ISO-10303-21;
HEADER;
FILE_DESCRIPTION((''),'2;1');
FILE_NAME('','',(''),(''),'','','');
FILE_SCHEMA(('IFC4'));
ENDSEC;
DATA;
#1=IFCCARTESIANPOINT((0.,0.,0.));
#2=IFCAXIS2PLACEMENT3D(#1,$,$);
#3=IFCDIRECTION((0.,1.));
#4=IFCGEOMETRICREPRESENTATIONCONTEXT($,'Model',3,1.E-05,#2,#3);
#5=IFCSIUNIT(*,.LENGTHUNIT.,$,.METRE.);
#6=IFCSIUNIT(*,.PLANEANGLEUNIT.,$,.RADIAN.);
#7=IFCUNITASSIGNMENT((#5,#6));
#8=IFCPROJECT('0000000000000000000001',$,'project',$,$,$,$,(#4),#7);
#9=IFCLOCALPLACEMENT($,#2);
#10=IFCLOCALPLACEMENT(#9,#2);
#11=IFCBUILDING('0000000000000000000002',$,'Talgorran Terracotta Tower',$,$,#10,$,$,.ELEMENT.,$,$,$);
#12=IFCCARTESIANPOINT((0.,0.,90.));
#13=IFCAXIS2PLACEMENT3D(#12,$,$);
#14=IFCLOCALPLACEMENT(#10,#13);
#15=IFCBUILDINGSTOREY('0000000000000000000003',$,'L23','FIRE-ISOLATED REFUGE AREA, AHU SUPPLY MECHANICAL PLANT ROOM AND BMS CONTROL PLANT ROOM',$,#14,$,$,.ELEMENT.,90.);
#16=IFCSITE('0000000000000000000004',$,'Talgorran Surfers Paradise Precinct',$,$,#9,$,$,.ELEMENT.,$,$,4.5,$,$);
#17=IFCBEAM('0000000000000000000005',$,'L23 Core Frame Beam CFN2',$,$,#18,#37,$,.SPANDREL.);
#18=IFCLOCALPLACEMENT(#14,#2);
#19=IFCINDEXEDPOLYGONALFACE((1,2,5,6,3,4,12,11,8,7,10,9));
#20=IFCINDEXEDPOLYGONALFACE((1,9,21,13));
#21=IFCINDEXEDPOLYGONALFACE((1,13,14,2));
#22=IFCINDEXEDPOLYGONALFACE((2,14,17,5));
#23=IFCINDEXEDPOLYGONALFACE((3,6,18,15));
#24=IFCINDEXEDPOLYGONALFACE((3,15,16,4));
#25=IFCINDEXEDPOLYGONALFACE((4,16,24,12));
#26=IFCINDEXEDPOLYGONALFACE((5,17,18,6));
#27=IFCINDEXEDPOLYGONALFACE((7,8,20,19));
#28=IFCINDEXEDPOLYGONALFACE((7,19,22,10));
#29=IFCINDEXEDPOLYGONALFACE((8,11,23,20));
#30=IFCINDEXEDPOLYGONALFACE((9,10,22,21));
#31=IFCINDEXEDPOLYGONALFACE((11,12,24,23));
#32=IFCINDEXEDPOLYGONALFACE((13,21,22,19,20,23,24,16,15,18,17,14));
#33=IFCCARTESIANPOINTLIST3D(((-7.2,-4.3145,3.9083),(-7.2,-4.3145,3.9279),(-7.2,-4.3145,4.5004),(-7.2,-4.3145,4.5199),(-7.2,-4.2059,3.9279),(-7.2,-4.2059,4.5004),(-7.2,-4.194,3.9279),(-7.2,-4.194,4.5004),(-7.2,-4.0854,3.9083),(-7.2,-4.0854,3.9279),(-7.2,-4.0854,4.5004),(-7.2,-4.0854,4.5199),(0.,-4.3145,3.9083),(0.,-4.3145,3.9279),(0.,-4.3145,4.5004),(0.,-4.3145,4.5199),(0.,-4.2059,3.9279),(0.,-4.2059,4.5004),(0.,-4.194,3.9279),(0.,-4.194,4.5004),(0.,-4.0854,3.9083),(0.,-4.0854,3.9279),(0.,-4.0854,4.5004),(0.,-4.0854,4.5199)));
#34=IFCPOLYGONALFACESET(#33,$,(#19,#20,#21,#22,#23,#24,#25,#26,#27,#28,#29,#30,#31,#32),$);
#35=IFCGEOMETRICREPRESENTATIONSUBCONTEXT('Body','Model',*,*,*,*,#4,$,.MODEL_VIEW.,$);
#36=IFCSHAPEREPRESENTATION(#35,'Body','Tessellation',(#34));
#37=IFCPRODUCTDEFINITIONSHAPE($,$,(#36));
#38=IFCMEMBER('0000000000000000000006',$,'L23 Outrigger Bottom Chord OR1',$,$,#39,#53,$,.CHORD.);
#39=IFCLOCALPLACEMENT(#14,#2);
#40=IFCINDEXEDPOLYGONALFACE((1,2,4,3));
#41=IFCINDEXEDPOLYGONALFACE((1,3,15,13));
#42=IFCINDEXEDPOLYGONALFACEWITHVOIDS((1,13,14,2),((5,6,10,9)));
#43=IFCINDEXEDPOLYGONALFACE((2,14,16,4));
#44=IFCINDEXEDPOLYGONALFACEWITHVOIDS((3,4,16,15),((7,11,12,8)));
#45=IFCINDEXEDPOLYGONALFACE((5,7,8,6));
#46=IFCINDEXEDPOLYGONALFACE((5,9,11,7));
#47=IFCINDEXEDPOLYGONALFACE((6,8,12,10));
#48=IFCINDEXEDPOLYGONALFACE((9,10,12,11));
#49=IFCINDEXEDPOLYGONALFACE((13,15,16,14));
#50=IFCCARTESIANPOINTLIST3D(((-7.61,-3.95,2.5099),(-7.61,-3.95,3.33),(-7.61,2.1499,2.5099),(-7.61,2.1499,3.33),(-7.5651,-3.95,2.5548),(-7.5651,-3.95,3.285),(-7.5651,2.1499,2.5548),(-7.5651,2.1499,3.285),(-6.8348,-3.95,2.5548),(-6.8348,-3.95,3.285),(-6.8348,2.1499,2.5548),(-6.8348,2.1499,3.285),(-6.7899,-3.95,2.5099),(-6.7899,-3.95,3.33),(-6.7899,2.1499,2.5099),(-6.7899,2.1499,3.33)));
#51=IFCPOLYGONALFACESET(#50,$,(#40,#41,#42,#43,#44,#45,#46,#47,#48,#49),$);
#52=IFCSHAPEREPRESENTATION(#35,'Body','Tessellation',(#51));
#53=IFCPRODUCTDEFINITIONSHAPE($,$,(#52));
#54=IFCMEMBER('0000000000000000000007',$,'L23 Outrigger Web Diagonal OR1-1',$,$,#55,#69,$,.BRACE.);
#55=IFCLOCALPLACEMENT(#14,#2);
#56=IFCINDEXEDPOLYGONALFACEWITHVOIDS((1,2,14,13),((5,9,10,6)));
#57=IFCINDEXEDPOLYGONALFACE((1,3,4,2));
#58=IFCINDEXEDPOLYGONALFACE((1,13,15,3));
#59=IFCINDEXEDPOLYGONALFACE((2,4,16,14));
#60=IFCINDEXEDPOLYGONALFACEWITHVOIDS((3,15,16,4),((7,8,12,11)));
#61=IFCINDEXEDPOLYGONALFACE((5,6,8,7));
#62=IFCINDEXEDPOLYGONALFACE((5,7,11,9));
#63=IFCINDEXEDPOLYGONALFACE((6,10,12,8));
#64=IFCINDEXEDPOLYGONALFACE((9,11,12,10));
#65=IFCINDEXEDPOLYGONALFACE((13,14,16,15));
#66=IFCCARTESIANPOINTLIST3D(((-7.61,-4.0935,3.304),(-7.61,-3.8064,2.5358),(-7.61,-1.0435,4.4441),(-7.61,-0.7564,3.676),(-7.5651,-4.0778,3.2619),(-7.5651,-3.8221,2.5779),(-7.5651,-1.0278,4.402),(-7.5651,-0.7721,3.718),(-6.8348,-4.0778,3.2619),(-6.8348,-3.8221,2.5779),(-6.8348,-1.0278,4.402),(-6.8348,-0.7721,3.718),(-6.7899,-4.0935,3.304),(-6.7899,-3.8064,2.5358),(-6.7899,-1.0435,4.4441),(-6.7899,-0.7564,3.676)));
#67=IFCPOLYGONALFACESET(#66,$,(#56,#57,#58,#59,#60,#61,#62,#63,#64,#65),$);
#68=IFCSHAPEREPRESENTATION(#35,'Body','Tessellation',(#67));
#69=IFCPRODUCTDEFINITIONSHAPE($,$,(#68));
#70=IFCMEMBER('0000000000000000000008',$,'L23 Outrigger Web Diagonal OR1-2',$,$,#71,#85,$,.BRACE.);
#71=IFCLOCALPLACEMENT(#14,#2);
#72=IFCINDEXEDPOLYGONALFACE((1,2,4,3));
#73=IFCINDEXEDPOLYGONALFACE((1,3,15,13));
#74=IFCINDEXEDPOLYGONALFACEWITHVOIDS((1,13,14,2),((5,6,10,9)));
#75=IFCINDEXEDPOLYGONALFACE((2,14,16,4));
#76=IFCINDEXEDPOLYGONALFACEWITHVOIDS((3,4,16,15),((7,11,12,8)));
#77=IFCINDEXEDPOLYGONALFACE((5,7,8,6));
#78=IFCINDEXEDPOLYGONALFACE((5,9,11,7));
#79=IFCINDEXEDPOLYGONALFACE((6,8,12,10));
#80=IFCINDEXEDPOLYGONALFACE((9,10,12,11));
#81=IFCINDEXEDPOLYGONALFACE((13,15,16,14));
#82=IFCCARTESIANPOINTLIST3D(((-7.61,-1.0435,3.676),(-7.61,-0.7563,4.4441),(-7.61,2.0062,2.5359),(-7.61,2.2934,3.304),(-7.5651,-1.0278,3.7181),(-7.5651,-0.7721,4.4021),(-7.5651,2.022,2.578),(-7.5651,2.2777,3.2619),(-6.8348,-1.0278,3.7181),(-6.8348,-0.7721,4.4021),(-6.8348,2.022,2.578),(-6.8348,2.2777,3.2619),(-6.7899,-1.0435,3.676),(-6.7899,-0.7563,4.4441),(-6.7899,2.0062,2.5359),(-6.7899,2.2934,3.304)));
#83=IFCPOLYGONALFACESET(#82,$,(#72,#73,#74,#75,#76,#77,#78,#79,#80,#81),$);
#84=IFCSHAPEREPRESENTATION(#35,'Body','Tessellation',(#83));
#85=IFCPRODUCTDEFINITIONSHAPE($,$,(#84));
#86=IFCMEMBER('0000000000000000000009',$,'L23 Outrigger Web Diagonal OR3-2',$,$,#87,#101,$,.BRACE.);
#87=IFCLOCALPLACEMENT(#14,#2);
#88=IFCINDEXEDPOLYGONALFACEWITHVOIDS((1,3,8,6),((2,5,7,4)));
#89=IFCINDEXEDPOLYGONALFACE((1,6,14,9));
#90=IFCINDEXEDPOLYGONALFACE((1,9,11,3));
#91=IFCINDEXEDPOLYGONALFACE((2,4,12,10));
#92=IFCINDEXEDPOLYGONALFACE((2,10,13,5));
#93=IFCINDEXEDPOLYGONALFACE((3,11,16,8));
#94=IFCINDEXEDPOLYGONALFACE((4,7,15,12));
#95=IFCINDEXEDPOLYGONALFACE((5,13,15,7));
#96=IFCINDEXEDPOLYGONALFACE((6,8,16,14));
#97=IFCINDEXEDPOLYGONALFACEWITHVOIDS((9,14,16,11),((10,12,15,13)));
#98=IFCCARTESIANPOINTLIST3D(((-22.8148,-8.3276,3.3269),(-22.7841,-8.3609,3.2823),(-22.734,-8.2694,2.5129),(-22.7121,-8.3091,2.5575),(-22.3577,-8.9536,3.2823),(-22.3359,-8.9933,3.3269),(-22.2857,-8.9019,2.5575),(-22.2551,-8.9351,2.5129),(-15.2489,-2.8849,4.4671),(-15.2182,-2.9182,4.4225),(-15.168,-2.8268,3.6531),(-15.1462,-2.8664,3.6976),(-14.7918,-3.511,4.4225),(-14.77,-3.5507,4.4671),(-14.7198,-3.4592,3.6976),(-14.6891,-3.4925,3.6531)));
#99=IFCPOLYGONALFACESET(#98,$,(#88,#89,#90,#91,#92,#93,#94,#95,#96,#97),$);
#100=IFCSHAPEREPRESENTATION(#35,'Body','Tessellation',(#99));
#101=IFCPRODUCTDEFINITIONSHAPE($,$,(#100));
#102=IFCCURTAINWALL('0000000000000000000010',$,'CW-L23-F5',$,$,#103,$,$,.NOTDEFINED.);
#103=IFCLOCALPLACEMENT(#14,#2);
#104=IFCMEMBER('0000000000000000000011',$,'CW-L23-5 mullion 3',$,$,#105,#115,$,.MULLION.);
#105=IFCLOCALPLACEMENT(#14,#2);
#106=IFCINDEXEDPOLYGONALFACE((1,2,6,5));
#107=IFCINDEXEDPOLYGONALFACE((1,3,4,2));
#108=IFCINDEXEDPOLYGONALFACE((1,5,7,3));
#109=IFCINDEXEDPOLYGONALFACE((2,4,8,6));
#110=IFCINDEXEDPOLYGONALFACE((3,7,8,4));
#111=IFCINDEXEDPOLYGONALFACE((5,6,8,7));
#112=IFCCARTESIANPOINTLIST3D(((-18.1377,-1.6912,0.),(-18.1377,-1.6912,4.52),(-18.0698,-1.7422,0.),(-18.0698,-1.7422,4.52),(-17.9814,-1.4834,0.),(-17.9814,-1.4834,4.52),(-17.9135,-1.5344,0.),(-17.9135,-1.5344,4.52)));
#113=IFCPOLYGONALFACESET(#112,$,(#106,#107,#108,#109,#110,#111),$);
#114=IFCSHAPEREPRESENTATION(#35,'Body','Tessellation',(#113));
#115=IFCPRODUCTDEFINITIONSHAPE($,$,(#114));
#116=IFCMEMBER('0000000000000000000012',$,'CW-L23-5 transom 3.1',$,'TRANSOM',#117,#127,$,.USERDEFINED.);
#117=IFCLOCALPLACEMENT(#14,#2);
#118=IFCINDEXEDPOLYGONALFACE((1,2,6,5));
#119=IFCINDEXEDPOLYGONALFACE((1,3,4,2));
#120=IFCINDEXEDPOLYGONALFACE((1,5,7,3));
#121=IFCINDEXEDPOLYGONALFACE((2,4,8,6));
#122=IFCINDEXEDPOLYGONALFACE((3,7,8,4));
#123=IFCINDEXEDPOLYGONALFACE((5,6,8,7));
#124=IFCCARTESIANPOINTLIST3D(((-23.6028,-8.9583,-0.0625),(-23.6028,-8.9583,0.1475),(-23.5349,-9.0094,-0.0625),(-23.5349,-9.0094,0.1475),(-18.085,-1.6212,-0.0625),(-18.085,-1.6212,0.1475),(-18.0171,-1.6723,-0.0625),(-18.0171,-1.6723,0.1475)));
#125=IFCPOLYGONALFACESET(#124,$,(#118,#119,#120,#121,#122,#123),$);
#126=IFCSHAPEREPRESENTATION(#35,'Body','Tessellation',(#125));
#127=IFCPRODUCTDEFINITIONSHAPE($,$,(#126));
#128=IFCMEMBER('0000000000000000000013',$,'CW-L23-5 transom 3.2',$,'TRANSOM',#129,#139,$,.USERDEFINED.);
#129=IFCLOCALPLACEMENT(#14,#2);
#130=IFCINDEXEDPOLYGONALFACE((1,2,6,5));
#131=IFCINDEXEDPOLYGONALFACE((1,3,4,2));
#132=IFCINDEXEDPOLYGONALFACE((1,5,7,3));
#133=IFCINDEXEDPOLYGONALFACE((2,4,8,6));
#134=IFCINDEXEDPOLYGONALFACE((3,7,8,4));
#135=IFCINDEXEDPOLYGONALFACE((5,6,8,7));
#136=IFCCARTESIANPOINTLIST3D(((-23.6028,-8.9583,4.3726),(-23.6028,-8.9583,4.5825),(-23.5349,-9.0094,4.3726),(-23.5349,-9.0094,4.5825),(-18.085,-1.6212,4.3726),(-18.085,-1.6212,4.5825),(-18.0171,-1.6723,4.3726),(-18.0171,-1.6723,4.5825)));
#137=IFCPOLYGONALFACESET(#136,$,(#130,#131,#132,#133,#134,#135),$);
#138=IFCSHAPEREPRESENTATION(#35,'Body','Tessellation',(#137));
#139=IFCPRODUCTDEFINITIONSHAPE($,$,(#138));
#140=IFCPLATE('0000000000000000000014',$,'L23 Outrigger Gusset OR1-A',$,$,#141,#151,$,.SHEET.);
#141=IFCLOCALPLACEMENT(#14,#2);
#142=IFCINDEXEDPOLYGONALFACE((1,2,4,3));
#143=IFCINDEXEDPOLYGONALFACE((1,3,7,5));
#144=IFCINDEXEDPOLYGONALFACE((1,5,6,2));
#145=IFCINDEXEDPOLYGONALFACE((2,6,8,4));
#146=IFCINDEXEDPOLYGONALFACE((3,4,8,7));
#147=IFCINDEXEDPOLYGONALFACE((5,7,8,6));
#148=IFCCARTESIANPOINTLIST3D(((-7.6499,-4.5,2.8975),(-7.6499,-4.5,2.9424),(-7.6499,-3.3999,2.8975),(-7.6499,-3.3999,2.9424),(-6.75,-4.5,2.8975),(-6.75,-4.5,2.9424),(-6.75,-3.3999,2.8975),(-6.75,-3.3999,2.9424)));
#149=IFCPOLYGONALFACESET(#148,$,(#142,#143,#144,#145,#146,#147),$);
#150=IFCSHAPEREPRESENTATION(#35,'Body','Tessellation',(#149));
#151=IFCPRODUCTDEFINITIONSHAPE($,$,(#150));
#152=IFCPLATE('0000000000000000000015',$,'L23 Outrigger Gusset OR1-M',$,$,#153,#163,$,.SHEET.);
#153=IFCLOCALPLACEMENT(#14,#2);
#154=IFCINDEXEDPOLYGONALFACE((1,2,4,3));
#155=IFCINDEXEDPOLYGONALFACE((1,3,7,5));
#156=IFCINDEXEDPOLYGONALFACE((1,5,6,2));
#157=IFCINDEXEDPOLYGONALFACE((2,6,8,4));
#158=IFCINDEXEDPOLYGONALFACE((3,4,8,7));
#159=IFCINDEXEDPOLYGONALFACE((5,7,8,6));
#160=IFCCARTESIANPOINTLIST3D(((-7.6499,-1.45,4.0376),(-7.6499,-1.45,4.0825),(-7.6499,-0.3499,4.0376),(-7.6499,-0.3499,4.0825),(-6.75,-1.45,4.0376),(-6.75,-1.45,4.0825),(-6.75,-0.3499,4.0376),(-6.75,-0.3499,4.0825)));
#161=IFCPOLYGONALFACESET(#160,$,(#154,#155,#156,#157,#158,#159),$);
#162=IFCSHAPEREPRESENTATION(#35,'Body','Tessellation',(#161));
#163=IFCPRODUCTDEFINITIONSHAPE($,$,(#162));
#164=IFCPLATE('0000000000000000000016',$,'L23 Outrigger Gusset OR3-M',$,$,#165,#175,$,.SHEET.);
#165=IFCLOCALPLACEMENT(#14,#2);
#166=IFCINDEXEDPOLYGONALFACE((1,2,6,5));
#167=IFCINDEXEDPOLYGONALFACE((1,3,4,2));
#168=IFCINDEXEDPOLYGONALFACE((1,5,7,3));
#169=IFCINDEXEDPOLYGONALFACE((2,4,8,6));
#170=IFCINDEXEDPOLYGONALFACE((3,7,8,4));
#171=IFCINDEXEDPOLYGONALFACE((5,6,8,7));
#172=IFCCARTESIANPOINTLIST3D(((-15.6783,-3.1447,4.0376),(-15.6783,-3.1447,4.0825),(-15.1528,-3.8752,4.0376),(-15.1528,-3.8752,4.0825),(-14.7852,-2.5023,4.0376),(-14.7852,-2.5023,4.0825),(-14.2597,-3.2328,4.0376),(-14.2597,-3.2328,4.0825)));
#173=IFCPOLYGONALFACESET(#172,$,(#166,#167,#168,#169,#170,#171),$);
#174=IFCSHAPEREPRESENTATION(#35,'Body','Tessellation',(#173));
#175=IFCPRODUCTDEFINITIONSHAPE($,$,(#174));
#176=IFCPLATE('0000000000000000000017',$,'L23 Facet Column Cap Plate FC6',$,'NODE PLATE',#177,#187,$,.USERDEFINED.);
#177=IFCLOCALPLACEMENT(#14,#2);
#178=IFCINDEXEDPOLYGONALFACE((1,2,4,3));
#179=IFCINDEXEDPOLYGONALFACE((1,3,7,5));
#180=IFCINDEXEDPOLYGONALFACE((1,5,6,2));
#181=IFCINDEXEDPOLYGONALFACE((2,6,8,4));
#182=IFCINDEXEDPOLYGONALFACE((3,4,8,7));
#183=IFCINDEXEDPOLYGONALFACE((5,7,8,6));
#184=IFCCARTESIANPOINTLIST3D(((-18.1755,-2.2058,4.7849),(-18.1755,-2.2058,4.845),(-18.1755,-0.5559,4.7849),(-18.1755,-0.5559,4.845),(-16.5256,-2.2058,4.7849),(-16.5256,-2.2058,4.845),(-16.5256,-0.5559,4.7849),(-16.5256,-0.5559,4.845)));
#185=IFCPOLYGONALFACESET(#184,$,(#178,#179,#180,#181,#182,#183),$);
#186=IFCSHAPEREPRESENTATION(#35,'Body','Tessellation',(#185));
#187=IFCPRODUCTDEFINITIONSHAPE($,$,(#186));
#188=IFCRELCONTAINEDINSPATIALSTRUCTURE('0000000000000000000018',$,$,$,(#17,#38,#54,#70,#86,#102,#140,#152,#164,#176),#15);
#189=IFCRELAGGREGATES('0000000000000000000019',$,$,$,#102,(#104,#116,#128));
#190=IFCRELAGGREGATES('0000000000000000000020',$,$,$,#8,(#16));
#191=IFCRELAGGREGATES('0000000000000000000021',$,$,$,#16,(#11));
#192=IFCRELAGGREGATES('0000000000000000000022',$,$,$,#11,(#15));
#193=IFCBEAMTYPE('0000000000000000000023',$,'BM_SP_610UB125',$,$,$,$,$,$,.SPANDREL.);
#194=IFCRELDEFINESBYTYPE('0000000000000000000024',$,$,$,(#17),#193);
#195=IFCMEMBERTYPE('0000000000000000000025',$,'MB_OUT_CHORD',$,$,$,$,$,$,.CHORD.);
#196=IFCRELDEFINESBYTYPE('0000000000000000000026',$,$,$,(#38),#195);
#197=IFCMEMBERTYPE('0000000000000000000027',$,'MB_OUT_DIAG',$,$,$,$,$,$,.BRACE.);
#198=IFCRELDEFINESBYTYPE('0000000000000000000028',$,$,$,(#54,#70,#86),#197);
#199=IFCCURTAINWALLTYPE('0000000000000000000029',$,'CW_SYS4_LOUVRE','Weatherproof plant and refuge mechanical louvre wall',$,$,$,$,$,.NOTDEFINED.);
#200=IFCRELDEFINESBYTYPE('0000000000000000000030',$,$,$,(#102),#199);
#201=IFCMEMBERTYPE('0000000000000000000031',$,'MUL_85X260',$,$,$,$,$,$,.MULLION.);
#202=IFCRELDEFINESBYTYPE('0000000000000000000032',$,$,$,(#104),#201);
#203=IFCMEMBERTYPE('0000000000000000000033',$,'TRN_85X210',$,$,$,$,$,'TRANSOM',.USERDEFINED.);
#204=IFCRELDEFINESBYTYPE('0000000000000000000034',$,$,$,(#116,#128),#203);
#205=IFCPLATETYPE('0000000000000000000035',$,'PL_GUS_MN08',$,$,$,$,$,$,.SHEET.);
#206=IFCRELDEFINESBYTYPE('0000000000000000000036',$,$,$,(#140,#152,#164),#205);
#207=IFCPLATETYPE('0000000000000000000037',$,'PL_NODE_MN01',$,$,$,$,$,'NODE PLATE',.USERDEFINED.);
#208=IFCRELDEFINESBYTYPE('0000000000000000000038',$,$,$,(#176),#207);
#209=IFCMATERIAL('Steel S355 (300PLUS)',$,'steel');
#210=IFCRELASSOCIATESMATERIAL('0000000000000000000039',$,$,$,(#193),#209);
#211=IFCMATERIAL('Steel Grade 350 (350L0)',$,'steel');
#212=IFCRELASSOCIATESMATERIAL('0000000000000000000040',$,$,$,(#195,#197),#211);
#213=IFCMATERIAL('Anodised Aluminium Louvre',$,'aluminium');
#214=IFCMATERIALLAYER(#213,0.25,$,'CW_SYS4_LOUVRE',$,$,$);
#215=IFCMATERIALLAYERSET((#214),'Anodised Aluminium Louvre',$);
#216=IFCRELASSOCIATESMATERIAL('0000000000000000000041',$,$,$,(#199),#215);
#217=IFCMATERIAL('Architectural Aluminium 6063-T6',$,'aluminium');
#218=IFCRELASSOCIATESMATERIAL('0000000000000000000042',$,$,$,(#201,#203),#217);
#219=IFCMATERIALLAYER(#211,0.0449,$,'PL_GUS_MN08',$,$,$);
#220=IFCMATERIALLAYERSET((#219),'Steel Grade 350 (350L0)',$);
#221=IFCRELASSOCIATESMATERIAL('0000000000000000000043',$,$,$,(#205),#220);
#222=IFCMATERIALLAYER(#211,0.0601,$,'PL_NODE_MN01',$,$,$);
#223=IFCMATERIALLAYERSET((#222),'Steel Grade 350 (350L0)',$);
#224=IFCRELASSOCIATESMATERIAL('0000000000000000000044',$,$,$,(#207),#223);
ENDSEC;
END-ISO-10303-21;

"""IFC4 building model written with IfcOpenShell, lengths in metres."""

from ifc_helpers import new_model, si_unit, direction, frame, origin, origin_2d, place, context, subcontext, project, spatial, rectangle, hollow_rectangle, i_section, extrude, material, layer, layer_set, material_profile, profile_set, type_object, element, aggregate, save


model = new_model("IFC4")

# Units and contexts
model_context = context("Model", 3, precision=1e-05, world=origin(), true_north=direction((0.0, 1.0)))
body_context = subcontext(model_context, "Body", "Model", "MODEL_VIEW")
ifc_project = project(units=[si_unit("LENGTHUNIT", "METRE"), si_unit("PLANEANGLEUNIT", "RADIAN")], contexts=[model_context])

# Site, building, storey
site_placement = place(None, origin())
site = spatial("IfcSite", under=ifc_project, at=site_placement, Name="Talgorran Surfers Paradise Precinct", CompositionType="ELEMENT", RefElevation=4.5)
building_placement = place(site_placement, origin())
building = spatial("IfcBuilding", under=site, at=building_placement, Name="Talgorran Terracotta Tower", CompositionType="ELEMENT")
storey_placement = place(building_placement, frame((0.0, 0.0, 90.0)))
storey = spatial("IfcBuildingStorey", under=building, at=storey_placement, Name="L23", Description="FIRE-ISOLATED REFUGE AREA, AHU SUPPLY MECHANICAL PLANT ROOM AND BMS CONTROL PLANT ROOM", CompositionType="ELEMENT", Elevation=90.0)

# Shared definitions
ifc_material_1 = material(Name="Steel Grade 350 (350L0)", Category="steel")
ifc_material_2 = material(Name="Steel S355 (300PLUS)", Category="steel")

# Beam
ifc_material_profile_1 = material_profile(ifc_material_2, i_section(OverallWidth=0.229, OverallDepth=0.6116, WebThickness=0.012, FlangeThickness=0.0195, at=origin_2d()), Name="610UB125")
ifc_profile_set_1 = profile_set([ifc_material_profile_1], Name="Steel S355 (300PLUS)")
beam_type_1 = type_object("IfcBeamType", Name="BM_SP_610UB125", PredefinedType="SPANDREL", material=ifc_profile_set_1)
beam_1_placement = place(storey_placement, frame((-7.2, -4.2, 4.2141), z_axis=(1.0, 0.0, 0.0), x_axis=(0.0, 1.0, 0.0)))
element("IfcBeam", 1, at=beam_1_placement, inside=storey, type_object=beam_type_1, Name="L23 Core Frame Beam CFN2", PredefinedType="SPANDREL", context=body_context, shape_type="SweptSolid", body=[
    extrude(i_section(OverallWidth=0.229, OverallDepth=0.6116, WebThickness=0.012, FlangeThickness=0.0195, at=origin_2d()), origin(), (0.0, 0.0, 1.0), 7.2),
])

# Members
ifc_material_profile_2 = material_profile(ifc_material_1, hollow_rectangle(XDim=0.8201, YDim=0.8201, WallThickness=0.0449, at=origin_2d()), Name="WBOX820X820X45")
ifc_profile_set_2 = profile_set([ifc_material_profile_2], Name="Steel Grade 350 (350L0)")
member_type_1 = type_object("IfcMemberType", Name="MB_OUT_CHORD", PredefinedType="CHORD", material=ifc_profile_set_2)
member_1_placement = place(storey_placement, frame((-7.2, -3.95, 2.9199), z_axis=(0.0, 1.0, 0.0), x_axis=(-1.0, 0.0, 0.0)))
element("IfcMember", 2, at=member_1_placement, inside=storey, type_object=member_type_1, Name="L23 Outrigger Bottom Chord OR1", PredefinedType="CHORD", context=body_context, shape_type="SweptSolid", body=[
    extrude(hollow_rectangle(XDim=0.8201, YDim=0.8201, WallThickness=0.0449, at=origin_2d()), origin(), (0.0, 0.0, 1.0), 6.0999),
])
ifc_material_profile_3 = material_profile(ifc_material_1, hollow_rectangle(XDim=0.8201, YDim=0.8201, WallThickness=0.0449, at=origin_2d()), Name="WBOX820X820X45")
ifc_profile_set_3 = profile_set([ifc_material_profile_3], Name="Steel Grade 350 (350L0)")
member_type_2 = type_object("IfcMemberType", Name="MB_OUT_DIAG", PredefinedType="BRACE", material=ifc_profile_set_3)
member_2_placement = place(storey_placement, frame((-7.2, -3.95, 2.9199), z_axis=(0.0, 0.936695, 0.350145), x_axis=(-1.0, 0.0, 0.0)))
element("IfcMember", 3, at=member_2_placement, inside=storey, type_object=member_type_2, Name="L23 Outrigger Web Diagonal OR1-1", PredefinedType="BRACE", context=body_context, shape_type="SweptSolid", body=[
    extrude(hollow_rectangle(XDim=0.8201, YDim=0.8201, WallThickness=0.0449, at=origin_2d()), origin(), (0.0, 0.0, 1.0), 3.2561),
])
member_3_placement = place(storey_placement, frame((-7.2, -0.8999, 4.0601), z_axis=(0.0, 0.936686, -0.35017), x_axis=(-1.0, 0.0, 0.0)))
element("IfcMember", 4, at=member_3_placement, inside=storey, type_object=member_type_2, Name="L23 Outrigger Web Diagonal OR1-2", PredefinedType="BRACE", context=body_context, shape_type="SweptSolid", body=[
    extrude(hollow_rectangle(XDim=0.8201, YDim=0.8201, WallThickness=0.0449, at=origin_2d()), origin(), (0.0, 0.0, 1.0), 3.2559),
])
member_4_placement = place(storey_placement, frame((-14.969, -3.1887, 4.0601), z_axis=(-0.805774, -0.579642, -0.121425), x_axis=(0.583963, -0.81178, 0.0)))
element("IfcMember", 5, at=member_4_placement, inside=storey, type_object=member_type_2, Name="L23 Outrigger Web Diagonal OR3-2", PredefinedType="BRACE", context=body_context, shape_type="SweptSolid", body=[
    extrude(hollow_rectangle(XDim=0.8201, YDim=0.8201, WallThickness=0.0449, at=origin_2d()), origin(), (0.0, 0.0, 1.0), 9.3896),
])

# Curtain wall, members
ifc_material_3 = material(Name="Anodised Aluminium Louvre", Category="aluminium")
ifc_layer_1 = layer(ifc_material_3, 0.25, Name="CW_SYS4_LOUVRE")
ifc_layer_set_1 = layer_set([ifc_layer_1], Name="Anodised Aluminium Louvre")
curtain_wall_type = type_object("IfcCurtainWallType", Name="CW_SYS4_LOUVRE", Description="Weatherproof plant and refuge mechanical louvre wall", PredefinedType="NOTDEFINED", material=ifc_layer_set_1)
curtain_wall_placement = place(storey_placement, origin())
curtain_wall = element("IfcCurtainWall", 6, at=curtain_wall_placement, inside=storey, type_object=curtain_wall_type, Name="CW-L23-F5", PredefinedType="NOTDEFINED")
ifc_material_4 = material(Name="Architectural Aluminium 6063-T6", Category="aluminium")
ifc_material_profile_4 = material_profile(ifc_material_4, rectangle(XDim=0.085, YDim=0.26, at=origin_2d()), Name="CWM85X260")
ifc_profile_set_4 = profile_set([ifc_material_profile_4], Name="Architectural Aluminium 6063-T6")
member_type_3 = type_object("IfcMemberType", Name="MUL_85X260", PredefinedType="MULLION", material=ifc_profile_set_4)
member_5_placement = place(storey_placement, frame((-18.0256, -1.6128, 0.0), z_axis=(0.0, 0.0, 1.0), x_axis=(0.799214, -0.601047, 0.0)))
member_5 = element("IfcMember", 7, at=member_5_placement, type_object=member_type_3, Name="CW-L23-5 mullion 3", PredefinedType="MULLION", context=body_context, shape_type="SweptSolid", body=[
    extrude(rectangle(XDim=0.085, YDim=0.26, at=origin_2d()), origin(), (0.0, 0.0, 1.0), 4.52),
])
ifc_material_profile_5 = material_profile(ifc_material_4, rectangle(XDim=0.085, YDim=0.21, at=origin_2d()), Name="CWT85X210")
ifc_profile_set_5 = profile_set([ifc_material_profile_5], Name="Architectural Aluminium 6063-T6")
member_type_4 = type_object("IfcMemberType", Name="TRN_85X210", ElementType="TRANSOM", PredefinedType="USERDEFINED", material=ifc_profile_set_5)
member_6_placement = place(storey_placement, frame((-18.051, -1.6467, 0.0425), z_axis=(-0.601042, -0.799217, 0.0), x_axis=(0.799217, -0.601042, 0.0)))
member_6 = element("IfcMember", 8, at=member_6_placement, type_object=member_type_4, Name="CW-L23-5 transom 3.1", ObjectType="TRANSOM", PredefinedType="USERDEFINED", context=body_context, shape_type="SweptSolid", body=[
    extrude(rectangle(XDim=0.085, YDim=0.21, at=origin_2d()), origin(), (0.0, 0.0, 1.0), 9.1804),
])
member_7_placement = place(storey_placement, frame((-18.051, -1.6467, 4.4775), z_axis=(-0.601042, -0.799217, 0.0), x_axis=(0.799217, -0.601042, 0.0)))
member_7 = element("IfcMember", 9, at=member_7_placement, type_object=member_type_4, Name="CW-L23-5 transom 3.2", ObjectType="TRANSOM", PredefinedType="USERDEFINED", context=body_context, shape_type="SweptSolid", body=[
    extrude(rectangle(XDim=0.085, YDim=0.21, at=origin_2d()), origin(), (0.0, 0.0, 1.0), 9.1804),
])
aggregate(curtain_wall, [member_5, member_6, member_7])

# Plates
ifc_layer_2 = layer(ifc_material_1, 0.0449, Name="PL_GUS_MN08")
ifc_layer_set_2 = layer_set([ifc_layer_2], Name="Steel Grade 350 (350L0)")
plate_type_1 = type_object("IfcPlateType", Name="PL_GUS_MN08", PredefinedType="SHEET", material=ifc_layer_set_2)
for number, where, z_axis, x_axis, name in (
    (10, (-7.2, -3.95, 2.8975), (0.0, 0.0, 1.0), (0.0, 1.0, 0.0), "L23 Outrigger Gusset OR1-A"),
    (11, (-7.2, -0.8999, 4.0376), (0.0, 0.0, 1.0), (0.0, 1.0, 0.0), "L23 Outrigger Gusset OR1-M"),
    (12, (-14.969, -3.1887, 4.0376), (0.0, 0.0, 1.0), (-0.811778, -0.583966, 0.0), "L23 Outrigger Gusset OR3-M"),
):
    element("IfcPlate", number, at=place(storey_placement, frame(where, z_axis=z_axis, x_axis=x_axis)), inside=storey, type_object=plate_type_1, Name=name, PredefinedType="SHEET", context=body_context, shape_type="SweptSolid", body=[
        extrude(rectangle(XDim=1.1001, YDim=0.8999, at=origin_2d()), origin(), (0.0, 0.0, 1.0), 0.0449),
    ])
ifc_layer_3 = layer(ifc_material_1, 0.0601, Name="PL_NODE_MN01")
ifc_layer_set_3 = layer_set([ifc_layer_3], Name="Steel Grade 350 (350L0)")
plate_type_2 = type_object("IfcPlateType", Name="PL_NODE_MN01", ElementType="NODE PLATE", PredefinedType="USERDEFINED", material=ifc_layer_set_3)
plate_placement = place(storey_placement, frame((-17.3506, -1.3809, 4.7849), z_axis=(0.0, 0.0, 1.0), x_axis=(1.0, 0.0, 0.0)))
element("IfcPlate", 13, at=plate_placement, inside=storey, type_object=plate_type_2, Name="L23 Facet Column Cap Plate FC6", ObjectType="NODE PLATE", PredefinedType="USERDEFINED", context=body_context, shape_type="SweptSolid", body=[
    extrude(rectangle(XDim=1.6499, YDim=1.6499, at=origin_2d()), origin(), (0.0, 0.0, 1.0), 0.0601),
])

save(model, "model.ifc")
